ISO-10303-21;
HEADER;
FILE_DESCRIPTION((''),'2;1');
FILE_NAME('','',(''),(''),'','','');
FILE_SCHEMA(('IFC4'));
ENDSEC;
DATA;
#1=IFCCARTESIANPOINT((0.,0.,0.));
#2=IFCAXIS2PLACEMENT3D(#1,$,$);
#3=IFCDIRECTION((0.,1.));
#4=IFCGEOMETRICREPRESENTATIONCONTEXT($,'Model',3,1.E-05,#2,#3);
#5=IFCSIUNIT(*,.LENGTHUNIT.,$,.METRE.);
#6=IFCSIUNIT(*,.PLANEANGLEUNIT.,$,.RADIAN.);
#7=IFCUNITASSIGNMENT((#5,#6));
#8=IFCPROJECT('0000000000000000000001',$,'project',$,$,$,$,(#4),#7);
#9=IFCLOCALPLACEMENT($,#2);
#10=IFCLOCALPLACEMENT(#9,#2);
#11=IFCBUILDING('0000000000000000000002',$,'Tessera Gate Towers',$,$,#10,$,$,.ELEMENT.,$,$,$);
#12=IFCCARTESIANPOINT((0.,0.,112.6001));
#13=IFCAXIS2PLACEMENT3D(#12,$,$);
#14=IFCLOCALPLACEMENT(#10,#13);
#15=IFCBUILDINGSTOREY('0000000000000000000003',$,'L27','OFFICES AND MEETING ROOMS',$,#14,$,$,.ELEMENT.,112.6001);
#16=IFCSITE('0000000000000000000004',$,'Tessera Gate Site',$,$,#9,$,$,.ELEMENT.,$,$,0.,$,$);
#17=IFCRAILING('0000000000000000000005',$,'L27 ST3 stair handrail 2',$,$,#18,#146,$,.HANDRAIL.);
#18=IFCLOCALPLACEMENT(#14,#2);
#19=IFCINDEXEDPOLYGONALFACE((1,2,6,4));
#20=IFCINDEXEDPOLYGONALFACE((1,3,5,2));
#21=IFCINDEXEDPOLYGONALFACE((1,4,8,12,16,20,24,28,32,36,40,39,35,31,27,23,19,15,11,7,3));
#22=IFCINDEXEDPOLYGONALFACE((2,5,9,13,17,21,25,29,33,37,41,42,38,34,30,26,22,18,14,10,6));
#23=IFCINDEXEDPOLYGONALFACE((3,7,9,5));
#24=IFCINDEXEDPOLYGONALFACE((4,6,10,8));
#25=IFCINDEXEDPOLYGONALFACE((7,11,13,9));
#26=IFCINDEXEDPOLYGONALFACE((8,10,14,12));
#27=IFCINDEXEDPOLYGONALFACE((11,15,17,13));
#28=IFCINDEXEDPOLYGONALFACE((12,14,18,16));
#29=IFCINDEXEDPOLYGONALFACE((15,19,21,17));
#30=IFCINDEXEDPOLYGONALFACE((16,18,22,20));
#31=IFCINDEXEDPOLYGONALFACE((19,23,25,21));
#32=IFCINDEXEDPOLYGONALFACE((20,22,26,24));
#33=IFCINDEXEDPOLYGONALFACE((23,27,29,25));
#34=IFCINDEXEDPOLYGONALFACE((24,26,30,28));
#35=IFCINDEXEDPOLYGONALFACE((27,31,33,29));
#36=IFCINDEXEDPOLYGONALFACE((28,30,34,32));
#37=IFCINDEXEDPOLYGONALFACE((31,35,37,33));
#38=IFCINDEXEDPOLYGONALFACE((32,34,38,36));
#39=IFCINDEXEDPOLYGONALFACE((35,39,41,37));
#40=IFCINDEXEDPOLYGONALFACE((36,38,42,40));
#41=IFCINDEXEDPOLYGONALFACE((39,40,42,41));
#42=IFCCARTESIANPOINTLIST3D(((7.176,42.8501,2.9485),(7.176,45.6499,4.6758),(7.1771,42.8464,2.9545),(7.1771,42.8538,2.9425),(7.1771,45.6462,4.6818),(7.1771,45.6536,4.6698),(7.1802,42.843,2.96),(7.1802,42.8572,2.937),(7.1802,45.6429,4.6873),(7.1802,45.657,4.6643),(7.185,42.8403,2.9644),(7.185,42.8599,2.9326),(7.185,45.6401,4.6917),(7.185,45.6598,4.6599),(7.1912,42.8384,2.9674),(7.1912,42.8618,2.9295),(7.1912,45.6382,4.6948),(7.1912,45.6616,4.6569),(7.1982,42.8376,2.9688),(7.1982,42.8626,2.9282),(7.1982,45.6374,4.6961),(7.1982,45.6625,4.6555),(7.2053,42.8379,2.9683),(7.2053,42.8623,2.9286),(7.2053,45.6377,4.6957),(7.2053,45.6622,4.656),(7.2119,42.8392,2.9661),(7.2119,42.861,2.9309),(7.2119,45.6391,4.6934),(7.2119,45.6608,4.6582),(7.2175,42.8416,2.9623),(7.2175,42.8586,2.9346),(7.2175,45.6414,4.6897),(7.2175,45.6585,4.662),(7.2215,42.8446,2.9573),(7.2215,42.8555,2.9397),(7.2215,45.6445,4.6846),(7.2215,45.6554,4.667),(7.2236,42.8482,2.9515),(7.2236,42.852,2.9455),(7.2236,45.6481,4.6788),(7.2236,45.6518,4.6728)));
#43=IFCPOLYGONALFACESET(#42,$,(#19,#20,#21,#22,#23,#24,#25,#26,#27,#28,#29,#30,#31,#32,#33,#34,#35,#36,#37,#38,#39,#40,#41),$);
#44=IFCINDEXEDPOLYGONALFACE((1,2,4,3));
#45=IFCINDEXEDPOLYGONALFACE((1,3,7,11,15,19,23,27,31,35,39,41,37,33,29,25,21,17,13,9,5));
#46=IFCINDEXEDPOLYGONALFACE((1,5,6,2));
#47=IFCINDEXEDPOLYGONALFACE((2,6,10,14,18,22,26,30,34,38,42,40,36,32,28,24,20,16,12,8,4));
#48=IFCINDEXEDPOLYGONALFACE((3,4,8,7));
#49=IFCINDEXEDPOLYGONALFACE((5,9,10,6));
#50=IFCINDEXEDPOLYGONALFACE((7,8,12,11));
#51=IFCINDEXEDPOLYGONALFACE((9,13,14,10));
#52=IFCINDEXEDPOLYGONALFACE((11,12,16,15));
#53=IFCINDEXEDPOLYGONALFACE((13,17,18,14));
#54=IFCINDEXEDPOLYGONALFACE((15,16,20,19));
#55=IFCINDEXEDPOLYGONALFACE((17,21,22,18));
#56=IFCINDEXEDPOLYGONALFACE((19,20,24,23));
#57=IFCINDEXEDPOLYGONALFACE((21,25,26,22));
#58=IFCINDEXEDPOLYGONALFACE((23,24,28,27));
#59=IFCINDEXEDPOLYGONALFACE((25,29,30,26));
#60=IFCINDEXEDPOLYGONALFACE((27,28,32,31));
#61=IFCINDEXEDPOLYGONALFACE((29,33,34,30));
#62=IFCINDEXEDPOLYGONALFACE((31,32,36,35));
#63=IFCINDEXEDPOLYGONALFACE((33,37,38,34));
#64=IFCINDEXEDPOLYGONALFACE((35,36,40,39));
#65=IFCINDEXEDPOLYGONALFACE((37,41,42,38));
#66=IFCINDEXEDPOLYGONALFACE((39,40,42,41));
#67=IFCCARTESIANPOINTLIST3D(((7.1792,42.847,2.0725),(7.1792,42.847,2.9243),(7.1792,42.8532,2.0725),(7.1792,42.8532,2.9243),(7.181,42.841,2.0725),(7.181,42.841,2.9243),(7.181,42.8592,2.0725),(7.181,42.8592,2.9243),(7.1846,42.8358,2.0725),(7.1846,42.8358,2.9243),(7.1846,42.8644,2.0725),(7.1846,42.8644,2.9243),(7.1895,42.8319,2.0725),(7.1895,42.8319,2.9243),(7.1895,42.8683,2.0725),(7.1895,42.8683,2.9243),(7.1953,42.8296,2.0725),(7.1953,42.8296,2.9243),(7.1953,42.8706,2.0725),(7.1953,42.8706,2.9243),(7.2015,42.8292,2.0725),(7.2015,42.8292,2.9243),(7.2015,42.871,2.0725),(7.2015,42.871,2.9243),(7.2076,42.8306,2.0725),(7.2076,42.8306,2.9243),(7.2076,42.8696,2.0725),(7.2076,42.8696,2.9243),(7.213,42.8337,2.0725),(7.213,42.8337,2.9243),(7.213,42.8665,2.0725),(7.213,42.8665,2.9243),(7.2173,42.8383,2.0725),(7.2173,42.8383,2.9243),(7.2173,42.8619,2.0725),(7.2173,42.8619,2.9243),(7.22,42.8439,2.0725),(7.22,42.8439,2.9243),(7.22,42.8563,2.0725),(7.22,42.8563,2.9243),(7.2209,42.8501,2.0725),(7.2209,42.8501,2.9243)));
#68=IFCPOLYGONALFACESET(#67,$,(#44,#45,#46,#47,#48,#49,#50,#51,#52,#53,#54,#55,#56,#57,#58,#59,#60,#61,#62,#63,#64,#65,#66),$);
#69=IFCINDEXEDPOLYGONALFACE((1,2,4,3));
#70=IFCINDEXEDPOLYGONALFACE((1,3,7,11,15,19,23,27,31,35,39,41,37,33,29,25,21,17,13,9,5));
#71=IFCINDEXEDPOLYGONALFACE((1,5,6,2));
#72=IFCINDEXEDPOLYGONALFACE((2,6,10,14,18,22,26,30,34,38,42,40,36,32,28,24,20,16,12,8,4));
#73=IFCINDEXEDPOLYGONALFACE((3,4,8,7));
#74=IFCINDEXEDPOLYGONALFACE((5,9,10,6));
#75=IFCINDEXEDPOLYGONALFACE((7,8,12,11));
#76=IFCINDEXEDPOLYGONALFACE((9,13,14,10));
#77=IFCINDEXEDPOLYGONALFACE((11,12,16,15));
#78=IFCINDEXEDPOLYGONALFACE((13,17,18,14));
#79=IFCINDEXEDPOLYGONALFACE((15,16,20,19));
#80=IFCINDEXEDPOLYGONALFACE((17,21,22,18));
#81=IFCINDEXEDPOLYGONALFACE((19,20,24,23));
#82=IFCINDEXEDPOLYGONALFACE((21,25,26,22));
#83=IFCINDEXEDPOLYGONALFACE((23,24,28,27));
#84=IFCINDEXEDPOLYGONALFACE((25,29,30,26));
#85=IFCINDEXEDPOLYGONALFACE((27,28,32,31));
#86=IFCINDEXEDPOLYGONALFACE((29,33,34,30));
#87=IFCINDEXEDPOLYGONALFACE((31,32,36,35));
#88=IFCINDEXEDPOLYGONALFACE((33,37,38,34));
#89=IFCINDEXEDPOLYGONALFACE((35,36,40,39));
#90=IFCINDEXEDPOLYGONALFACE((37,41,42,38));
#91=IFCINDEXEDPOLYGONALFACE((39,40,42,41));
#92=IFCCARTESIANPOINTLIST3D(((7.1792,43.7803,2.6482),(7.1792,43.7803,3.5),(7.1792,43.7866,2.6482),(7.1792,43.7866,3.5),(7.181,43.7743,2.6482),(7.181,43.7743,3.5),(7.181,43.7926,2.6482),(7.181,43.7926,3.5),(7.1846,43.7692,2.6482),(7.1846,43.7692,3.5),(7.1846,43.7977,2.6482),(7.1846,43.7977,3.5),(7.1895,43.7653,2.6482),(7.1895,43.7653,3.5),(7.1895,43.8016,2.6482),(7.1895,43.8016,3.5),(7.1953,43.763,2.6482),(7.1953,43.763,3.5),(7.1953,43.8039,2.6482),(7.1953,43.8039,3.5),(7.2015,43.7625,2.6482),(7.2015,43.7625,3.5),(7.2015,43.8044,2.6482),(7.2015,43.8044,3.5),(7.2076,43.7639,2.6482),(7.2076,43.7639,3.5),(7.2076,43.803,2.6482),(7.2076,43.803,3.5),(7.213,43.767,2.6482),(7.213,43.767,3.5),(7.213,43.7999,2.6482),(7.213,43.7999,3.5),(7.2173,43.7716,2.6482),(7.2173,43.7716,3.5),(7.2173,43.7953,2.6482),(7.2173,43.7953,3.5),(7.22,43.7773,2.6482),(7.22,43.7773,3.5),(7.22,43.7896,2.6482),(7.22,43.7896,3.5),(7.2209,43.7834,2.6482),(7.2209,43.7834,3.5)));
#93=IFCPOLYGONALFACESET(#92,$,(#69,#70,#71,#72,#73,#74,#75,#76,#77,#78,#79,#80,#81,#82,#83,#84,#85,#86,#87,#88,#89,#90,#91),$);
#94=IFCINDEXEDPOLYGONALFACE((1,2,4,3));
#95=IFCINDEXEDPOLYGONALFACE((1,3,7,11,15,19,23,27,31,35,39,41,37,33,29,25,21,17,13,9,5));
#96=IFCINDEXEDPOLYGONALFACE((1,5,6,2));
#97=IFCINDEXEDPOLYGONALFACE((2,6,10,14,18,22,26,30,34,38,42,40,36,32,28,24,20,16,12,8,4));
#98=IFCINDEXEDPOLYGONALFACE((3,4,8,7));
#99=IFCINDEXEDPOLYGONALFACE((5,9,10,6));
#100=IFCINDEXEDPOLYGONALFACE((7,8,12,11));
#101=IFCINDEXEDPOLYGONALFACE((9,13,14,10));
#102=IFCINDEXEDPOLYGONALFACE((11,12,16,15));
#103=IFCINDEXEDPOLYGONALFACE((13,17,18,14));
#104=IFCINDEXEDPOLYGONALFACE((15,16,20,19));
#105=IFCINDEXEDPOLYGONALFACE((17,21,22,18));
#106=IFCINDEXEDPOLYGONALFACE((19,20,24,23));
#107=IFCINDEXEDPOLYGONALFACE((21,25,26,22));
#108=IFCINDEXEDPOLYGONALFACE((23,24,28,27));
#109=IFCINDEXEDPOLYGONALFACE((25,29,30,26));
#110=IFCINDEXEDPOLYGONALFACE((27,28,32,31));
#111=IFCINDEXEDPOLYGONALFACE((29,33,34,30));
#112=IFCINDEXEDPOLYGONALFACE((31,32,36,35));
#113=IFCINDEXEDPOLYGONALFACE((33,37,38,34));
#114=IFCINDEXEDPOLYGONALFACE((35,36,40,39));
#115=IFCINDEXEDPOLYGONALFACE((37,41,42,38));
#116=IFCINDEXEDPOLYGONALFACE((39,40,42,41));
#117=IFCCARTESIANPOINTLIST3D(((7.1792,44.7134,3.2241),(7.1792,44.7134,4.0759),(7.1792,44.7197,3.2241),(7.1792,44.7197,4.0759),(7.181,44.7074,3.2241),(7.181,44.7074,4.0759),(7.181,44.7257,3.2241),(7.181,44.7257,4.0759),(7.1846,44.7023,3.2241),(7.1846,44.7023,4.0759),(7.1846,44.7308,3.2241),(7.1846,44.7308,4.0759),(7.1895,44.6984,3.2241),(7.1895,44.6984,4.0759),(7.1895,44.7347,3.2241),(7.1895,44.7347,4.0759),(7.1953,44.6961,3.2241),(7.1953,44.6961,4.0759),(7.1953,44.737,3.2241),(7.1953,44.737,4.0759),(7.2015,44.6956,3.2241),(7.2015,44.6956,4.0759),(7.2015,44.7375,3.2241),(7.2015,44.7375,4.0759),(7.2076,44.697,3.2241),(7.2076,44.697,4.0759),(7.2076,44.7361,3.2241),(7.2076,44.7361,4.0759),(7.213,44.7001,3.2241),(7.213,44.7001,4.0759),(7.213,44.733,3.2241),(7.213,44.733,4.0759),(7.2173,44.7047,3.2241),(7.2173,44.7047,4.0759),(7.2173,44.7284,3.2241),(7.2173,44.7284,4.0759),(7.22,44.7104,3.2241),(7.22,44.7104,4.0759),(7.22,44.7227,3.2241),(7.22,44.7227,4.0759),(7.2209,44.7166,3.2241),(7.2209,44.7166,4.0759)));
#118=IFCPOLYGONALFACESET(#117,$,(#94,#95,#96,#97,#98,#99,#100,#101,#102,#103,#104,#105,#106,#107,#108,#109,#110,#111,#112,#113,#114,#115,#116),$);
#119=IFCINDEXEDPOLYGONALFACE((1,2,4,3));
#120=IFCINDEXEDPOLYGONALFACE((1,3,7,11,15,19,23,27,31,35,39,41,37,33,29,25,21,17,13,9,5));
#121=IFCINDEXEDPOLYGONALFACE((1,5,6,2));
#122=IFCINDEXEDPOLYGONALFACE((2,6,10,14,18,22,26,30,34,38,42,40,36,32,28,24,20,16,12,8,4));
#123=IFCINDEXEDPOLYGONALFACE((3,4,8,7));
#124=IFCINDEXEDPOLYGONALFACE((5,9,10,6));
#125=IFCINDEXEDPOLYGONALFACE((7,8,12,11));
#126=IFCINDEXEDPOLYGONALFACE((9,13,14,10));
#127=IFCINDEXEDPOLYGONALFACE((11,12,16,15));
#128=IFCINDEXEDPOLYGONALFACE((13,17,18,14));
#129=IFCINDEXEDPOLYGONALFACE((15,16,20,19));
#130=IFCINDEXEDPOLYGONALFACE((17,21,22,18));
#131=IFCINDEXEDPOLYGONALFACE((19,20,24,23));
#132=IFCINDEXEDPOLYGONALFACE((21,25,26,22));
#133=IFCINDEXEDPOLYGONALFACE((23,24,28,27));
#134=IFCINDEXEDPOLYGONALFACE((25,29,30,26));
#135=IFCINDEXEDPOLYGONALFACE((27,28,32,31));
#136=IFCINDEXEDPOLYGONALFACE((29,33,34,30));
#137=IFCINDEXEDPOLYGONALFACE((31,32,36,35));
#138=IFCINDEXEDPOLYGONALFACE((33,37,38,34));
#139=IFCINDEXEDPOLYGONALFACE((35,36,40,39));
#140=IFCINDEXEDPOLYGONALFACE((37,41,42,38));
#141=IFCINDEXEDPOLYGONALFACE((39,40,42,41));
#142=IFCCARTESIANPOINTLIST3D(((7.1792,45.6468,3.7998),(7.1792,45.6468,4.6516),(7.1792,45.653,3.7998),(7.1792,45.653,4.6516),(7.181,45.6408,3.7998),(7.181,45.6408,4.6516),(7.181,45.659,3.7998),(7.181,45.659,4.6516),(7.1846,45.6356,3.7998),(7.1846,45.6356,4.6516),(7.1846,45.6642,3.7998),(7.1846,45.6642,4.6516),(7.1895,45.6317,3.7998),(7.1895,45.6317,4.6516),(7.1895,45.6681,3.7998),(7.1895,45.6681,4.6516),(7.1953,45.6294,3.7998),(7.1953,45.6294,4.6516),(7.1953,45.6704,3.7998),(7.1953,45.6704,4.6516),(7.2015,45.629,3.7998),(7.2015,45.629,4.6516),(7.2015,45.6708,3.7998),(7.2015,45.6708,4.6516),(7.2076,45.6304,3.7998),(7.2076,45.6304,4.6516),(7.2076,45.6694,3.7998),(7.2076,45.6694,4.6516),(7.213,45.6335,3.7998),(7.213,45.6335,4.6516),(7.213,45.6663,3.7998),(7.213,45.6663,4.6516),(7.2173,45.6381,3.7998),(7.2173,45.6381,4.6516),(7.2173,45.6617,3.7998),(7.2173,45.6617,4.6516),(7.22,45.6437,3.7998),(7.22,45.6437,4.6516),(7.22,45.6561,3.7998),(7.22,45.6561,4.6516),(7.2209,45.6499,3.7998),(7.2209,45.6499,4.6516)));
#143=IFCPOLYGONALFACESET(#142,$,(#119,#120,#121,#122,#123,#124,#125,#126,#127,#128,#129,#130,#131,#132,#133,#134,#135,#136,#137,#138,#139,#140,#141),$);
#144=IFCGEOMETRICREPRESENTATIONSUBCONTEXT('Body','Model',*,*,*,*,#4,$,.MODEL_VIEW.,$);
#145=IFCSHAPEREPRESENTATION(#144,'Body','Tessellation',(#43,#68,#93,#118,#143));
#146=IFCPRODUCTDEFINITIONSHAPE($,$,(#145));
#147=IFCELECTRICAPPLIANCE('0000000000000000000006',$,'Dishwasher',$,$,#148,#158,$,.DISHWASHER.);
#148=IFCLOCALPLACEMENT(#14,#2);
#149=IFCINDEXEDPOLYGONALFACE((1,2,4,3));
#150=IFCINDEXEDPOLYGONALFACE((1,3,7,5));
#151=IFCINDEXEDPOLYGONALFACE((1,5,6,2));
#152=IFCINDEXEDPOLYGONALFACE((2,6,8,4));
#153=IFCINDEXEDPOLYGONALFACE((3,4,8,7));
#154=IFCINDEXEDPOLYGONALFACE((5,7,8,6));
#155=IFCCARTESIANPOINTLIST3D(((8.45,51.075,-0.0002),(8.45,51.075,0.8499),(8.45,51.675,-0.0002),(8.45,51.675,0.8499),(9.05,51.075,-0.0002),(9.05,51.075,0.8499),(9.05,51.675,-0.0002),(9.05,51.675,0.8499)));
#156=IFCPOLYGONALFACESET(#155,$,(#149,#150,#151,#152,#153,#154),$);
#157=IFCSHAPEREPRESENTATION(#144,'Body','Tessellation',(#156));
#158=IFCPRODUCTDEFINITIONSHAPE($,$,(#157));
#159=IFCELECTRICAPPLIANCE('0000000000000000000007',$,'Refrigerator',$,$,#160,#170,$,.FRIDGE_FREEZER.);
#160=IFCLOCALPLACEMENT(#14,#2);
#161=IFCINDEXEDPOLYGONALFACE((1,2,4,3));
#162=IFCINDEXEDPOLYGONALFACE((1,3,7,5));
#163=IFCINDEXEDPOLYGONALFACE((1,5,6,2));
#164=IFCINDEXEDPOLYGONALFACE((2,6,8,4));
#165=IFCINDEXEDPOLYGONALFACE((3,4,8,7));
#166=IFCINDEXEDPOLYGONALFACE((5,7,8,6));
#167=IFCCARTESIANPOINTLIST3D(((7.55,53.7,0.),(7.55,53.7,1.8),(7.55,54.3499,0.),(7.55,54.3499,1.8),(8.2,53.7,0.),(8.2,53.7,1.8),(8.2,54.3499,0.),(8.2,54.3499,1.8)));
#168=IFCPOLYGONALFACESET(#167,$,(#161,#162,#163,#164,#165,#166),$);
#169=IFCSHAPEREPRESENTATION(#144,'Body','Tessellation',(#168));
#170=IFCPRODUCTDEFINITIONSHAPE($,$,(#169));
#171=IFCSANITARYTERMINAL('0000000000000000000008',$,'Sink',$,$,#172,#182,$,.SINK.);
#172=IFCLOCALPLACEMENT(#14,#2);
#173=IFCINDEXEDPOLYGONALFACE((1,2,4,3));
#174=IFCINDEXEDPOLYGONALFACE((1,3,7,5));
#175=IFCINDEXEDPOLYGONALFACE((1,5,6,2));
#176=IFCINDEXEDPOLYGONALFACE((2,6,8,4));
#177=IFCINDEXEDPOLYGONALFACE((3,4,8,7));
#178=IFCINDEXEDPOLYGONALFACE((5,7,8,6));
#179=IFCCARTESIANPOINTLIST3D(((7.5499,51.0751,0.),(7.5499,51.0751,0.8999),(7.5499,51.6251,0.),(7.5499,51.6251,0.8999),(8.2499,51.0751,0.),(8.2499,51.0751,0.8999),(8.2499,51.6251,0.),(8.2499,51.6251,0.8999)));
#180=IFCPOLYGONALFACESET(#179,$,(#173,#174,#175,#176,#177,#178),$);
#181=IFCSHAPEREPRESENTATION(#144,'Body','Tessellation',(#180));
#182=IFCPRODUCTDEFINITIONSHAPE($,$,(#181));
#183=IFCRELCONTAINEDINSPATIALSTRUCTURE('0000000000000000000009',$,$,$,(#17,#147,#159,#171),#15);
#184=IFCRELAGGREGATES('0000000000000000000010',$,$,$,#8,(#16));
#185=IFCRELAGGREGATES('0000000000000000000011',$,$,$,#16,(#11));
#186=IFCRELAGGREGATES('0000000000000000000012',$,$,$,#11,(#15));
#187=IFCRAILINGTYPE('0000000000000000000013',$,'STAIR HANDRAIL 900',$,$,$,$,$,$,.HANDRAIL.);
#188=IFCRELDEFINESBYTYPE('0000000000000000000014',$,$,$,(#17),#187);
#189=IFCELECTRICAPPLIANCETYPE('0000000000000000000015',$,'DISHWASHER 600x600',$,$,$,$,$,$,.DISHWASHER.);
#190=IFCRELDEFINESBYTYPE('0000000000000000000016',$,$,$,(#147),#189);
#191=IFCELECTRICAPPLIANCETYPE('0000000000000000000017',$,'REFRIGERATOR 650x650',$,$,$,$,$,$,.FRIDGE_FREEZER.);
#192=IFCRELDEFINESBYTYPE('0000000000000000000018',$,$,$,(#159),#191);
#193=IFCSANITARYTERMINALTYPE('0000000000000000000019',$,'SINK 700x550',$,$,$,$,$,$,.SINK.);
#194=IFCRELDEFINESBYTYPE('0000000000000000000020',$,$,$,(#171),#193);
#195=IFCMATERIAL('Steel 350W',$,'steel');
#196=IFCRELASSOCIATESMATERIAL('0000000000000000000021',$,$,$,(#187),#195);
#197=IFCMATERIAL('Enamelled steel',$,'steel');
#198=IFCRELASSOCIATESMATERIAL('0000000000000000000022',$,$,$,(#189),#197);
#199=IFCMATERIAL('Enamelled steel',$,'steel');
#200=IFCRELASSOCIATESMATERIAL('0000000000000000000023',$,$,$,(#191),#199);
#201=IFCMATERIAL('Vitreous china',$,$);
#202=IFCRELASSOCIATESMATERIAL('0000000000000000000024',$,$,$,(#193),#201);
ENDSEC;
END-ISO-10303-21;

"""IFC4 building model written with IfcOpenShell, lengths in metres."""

from ifc_helpers import new_model, si_unit, direction, frame, origin, origin_2d, place, context, subcontext, project, spatial, rectangle, circle, extrude, material, type_object, element, save


model = new_model("IFC4")

# Units and contexts
model_context = context("Model", 3, precision=1e-05, world=origin(), true_north=direction((0.0, 1.0)))
body_context = subcontext(model_context, "Body", "Model", "MODEL_VIEW")
ifc_project = project(units=[si_unit("LENGTHUNIT", "METRE"), si_unit("PLANEANGLEUNIT", "RADIAN")], contexts=[model_context])

# Site, building, storey
site_placement = place(None, origin())
site = spatial("IfcSite", under=ifc_project, at=site_placement, Name="Tessera Gate Site", CompositionType="ELEMENT", RefElevation=0.0)
building_placement = place(site_placement, origin())
building = spatial("IfcBuilding", under=site, at=building_placement, Name="Tessera Gate Towers", CompositionType="ELEMENT")
storey_placement = place(building_placement, frame((0.0, 0.0, 112.6001)))
storey = spatial("IfcBuildingStorey", under=building, at=storey_placement, Name="L27", Description="OFFICES AND MEETING ROOMS", CompositionType="ELEMENT", Elevation=112.6001)

# Railing
ifc_material_1 = material(Name="Steel 350W", Category="steel")
railing_type_1 = type_object("IfcRailingType", Name="STAIR HANDRAIL 900", PredefinedType="HANDRAIL", material=ifc_material_1)
railing_1_placement = place(storey_placement, frame((7.2, 42.8501, 2.0725)))
element("IfcRailing", 1, at=railing_1_placement, inside=storey, type_object=railing_type_1, Name="L27 ST3 stair handrail 2", PredefinedType="HANDRAIL", context=body_context, shape_type="SweptSolid", body=[
    extrude(circle(Radius=0.0239, at=origin_2d()), frame((0.0, 0.0, 0.876), z_axis=(0.0, 0.851069, 0.525054), x_axis=(-1.0, 0.0, 0.0)), (0.0, 0.0, 1.0), 3.2898),
    extrude(circle(Radius=0.021, at=origin_2d()), origin(), (0.0, 0.0, 1.0), 0.8518),
    extrude(circle(Radius=0.021, at=origin_2d()), frame((0.0, 0.9333, 0.5757)), (0.0, 0.0, 1.0), 0.8518),
    extrude(circle(Radius=0.021, at=origin_2d()), frame((0.0, 1.8665, 1.1516)), (0.0, 0.0, 1.0), 0.8518),
    extrude(circle(Radius=0.021, at=origin_2d()), frame((0.0, 2.7998, 1.7273)), (0.0, 0.0, 1.0), 0.8518),
])

# Electric appliances
ifc_material_2 = material(Name="Enamelled steel", Category="steel")
electric_appliance_type_1 = type_object("IfcElectricApplianceType", Name="DISHWASHER 600x600", PredefinedType="DISHWASHER", material=ifc_material_2)
electric_appliance_1_placement = place(storey_placement, frame((8.75, 51.375, -0.0002), z_axis=(0.0, 0.0, 1.0), x_axis=(1.0, 0.0, 0.0)))
element("IfcElectricAppliance", 2, at=electric_appliance_1_placement, inside=storey, type_object=electric_appliance_type_1, Name="Dishwasher", PredefinedType="DISHWASHER", context=body_context, shape_type="SweptSolid", body=[
    extrude(rectangle(XDim=0.6001, YDim=0.6001, at=origin_2d()), origin(), (0.0, 0.0, 1.0), 0.8501),
])
ifc_material_3 = material(Name="Enamelled steel", Category="steel")
electric_appliance_type_2 = type_object("IfcElectricApplianceType", Name="REFRIGERATOR 650x650", PredefinedType="FRIDGE_FREEZER", material=ifc_material_3)
electric_appliance_2_placement = place(storey_placement, frame((7.875, 54.0249, 0.0), z_axis=(0.0, 0.0, 1.0), x_axis=(1.0, 0.0, 0.0)))
element("IfcElectricAppliance", 3, at=electric_appliance_2_placement, inside=storey, type_object=electric_appliance_type_2, Name="Refrigerator", PredefinedType="FRIDGE_FREEZER", context=body_context, shape_type="SweptSolid", body=[
    extrude(rectangle(XDim=0.6499, YDim=0.6499, at=origin_2d()), origin(), (0.0, 0.0, 1.0), 1.8),
])

# Sanitary terminal
ifc_material_4 = material(Name="Vitreous china")
sanitary_terminal_type = type_object("IfcSanitaryTerminalType", Name="SINK 700x550", PredefinedType="SINK", material=ifc_material_4)
sanitary_terminal_placement = place(storey_placement, frame((7.8999, 51.3501, 0.0), z_axis=(0.0, 0.0, 1.0), x_axis=(1.0, 0.0, 0.0)))
element("IfcSanitaryTerminal", 4, at=sanitary_terminal_placement, inside=storey, type_object=sanitary_terminal_type, Name="Sink", PredefinedType="SINK", context=body_context, shape_type="SweptSolid", body=[
    extrude(rectangle(XDim=0.7, YDim=0.55, at=origin_2d()), origin(), (0.0, 0.0, 1.0), 0.8999),
])

save(model, "model.ifc")
